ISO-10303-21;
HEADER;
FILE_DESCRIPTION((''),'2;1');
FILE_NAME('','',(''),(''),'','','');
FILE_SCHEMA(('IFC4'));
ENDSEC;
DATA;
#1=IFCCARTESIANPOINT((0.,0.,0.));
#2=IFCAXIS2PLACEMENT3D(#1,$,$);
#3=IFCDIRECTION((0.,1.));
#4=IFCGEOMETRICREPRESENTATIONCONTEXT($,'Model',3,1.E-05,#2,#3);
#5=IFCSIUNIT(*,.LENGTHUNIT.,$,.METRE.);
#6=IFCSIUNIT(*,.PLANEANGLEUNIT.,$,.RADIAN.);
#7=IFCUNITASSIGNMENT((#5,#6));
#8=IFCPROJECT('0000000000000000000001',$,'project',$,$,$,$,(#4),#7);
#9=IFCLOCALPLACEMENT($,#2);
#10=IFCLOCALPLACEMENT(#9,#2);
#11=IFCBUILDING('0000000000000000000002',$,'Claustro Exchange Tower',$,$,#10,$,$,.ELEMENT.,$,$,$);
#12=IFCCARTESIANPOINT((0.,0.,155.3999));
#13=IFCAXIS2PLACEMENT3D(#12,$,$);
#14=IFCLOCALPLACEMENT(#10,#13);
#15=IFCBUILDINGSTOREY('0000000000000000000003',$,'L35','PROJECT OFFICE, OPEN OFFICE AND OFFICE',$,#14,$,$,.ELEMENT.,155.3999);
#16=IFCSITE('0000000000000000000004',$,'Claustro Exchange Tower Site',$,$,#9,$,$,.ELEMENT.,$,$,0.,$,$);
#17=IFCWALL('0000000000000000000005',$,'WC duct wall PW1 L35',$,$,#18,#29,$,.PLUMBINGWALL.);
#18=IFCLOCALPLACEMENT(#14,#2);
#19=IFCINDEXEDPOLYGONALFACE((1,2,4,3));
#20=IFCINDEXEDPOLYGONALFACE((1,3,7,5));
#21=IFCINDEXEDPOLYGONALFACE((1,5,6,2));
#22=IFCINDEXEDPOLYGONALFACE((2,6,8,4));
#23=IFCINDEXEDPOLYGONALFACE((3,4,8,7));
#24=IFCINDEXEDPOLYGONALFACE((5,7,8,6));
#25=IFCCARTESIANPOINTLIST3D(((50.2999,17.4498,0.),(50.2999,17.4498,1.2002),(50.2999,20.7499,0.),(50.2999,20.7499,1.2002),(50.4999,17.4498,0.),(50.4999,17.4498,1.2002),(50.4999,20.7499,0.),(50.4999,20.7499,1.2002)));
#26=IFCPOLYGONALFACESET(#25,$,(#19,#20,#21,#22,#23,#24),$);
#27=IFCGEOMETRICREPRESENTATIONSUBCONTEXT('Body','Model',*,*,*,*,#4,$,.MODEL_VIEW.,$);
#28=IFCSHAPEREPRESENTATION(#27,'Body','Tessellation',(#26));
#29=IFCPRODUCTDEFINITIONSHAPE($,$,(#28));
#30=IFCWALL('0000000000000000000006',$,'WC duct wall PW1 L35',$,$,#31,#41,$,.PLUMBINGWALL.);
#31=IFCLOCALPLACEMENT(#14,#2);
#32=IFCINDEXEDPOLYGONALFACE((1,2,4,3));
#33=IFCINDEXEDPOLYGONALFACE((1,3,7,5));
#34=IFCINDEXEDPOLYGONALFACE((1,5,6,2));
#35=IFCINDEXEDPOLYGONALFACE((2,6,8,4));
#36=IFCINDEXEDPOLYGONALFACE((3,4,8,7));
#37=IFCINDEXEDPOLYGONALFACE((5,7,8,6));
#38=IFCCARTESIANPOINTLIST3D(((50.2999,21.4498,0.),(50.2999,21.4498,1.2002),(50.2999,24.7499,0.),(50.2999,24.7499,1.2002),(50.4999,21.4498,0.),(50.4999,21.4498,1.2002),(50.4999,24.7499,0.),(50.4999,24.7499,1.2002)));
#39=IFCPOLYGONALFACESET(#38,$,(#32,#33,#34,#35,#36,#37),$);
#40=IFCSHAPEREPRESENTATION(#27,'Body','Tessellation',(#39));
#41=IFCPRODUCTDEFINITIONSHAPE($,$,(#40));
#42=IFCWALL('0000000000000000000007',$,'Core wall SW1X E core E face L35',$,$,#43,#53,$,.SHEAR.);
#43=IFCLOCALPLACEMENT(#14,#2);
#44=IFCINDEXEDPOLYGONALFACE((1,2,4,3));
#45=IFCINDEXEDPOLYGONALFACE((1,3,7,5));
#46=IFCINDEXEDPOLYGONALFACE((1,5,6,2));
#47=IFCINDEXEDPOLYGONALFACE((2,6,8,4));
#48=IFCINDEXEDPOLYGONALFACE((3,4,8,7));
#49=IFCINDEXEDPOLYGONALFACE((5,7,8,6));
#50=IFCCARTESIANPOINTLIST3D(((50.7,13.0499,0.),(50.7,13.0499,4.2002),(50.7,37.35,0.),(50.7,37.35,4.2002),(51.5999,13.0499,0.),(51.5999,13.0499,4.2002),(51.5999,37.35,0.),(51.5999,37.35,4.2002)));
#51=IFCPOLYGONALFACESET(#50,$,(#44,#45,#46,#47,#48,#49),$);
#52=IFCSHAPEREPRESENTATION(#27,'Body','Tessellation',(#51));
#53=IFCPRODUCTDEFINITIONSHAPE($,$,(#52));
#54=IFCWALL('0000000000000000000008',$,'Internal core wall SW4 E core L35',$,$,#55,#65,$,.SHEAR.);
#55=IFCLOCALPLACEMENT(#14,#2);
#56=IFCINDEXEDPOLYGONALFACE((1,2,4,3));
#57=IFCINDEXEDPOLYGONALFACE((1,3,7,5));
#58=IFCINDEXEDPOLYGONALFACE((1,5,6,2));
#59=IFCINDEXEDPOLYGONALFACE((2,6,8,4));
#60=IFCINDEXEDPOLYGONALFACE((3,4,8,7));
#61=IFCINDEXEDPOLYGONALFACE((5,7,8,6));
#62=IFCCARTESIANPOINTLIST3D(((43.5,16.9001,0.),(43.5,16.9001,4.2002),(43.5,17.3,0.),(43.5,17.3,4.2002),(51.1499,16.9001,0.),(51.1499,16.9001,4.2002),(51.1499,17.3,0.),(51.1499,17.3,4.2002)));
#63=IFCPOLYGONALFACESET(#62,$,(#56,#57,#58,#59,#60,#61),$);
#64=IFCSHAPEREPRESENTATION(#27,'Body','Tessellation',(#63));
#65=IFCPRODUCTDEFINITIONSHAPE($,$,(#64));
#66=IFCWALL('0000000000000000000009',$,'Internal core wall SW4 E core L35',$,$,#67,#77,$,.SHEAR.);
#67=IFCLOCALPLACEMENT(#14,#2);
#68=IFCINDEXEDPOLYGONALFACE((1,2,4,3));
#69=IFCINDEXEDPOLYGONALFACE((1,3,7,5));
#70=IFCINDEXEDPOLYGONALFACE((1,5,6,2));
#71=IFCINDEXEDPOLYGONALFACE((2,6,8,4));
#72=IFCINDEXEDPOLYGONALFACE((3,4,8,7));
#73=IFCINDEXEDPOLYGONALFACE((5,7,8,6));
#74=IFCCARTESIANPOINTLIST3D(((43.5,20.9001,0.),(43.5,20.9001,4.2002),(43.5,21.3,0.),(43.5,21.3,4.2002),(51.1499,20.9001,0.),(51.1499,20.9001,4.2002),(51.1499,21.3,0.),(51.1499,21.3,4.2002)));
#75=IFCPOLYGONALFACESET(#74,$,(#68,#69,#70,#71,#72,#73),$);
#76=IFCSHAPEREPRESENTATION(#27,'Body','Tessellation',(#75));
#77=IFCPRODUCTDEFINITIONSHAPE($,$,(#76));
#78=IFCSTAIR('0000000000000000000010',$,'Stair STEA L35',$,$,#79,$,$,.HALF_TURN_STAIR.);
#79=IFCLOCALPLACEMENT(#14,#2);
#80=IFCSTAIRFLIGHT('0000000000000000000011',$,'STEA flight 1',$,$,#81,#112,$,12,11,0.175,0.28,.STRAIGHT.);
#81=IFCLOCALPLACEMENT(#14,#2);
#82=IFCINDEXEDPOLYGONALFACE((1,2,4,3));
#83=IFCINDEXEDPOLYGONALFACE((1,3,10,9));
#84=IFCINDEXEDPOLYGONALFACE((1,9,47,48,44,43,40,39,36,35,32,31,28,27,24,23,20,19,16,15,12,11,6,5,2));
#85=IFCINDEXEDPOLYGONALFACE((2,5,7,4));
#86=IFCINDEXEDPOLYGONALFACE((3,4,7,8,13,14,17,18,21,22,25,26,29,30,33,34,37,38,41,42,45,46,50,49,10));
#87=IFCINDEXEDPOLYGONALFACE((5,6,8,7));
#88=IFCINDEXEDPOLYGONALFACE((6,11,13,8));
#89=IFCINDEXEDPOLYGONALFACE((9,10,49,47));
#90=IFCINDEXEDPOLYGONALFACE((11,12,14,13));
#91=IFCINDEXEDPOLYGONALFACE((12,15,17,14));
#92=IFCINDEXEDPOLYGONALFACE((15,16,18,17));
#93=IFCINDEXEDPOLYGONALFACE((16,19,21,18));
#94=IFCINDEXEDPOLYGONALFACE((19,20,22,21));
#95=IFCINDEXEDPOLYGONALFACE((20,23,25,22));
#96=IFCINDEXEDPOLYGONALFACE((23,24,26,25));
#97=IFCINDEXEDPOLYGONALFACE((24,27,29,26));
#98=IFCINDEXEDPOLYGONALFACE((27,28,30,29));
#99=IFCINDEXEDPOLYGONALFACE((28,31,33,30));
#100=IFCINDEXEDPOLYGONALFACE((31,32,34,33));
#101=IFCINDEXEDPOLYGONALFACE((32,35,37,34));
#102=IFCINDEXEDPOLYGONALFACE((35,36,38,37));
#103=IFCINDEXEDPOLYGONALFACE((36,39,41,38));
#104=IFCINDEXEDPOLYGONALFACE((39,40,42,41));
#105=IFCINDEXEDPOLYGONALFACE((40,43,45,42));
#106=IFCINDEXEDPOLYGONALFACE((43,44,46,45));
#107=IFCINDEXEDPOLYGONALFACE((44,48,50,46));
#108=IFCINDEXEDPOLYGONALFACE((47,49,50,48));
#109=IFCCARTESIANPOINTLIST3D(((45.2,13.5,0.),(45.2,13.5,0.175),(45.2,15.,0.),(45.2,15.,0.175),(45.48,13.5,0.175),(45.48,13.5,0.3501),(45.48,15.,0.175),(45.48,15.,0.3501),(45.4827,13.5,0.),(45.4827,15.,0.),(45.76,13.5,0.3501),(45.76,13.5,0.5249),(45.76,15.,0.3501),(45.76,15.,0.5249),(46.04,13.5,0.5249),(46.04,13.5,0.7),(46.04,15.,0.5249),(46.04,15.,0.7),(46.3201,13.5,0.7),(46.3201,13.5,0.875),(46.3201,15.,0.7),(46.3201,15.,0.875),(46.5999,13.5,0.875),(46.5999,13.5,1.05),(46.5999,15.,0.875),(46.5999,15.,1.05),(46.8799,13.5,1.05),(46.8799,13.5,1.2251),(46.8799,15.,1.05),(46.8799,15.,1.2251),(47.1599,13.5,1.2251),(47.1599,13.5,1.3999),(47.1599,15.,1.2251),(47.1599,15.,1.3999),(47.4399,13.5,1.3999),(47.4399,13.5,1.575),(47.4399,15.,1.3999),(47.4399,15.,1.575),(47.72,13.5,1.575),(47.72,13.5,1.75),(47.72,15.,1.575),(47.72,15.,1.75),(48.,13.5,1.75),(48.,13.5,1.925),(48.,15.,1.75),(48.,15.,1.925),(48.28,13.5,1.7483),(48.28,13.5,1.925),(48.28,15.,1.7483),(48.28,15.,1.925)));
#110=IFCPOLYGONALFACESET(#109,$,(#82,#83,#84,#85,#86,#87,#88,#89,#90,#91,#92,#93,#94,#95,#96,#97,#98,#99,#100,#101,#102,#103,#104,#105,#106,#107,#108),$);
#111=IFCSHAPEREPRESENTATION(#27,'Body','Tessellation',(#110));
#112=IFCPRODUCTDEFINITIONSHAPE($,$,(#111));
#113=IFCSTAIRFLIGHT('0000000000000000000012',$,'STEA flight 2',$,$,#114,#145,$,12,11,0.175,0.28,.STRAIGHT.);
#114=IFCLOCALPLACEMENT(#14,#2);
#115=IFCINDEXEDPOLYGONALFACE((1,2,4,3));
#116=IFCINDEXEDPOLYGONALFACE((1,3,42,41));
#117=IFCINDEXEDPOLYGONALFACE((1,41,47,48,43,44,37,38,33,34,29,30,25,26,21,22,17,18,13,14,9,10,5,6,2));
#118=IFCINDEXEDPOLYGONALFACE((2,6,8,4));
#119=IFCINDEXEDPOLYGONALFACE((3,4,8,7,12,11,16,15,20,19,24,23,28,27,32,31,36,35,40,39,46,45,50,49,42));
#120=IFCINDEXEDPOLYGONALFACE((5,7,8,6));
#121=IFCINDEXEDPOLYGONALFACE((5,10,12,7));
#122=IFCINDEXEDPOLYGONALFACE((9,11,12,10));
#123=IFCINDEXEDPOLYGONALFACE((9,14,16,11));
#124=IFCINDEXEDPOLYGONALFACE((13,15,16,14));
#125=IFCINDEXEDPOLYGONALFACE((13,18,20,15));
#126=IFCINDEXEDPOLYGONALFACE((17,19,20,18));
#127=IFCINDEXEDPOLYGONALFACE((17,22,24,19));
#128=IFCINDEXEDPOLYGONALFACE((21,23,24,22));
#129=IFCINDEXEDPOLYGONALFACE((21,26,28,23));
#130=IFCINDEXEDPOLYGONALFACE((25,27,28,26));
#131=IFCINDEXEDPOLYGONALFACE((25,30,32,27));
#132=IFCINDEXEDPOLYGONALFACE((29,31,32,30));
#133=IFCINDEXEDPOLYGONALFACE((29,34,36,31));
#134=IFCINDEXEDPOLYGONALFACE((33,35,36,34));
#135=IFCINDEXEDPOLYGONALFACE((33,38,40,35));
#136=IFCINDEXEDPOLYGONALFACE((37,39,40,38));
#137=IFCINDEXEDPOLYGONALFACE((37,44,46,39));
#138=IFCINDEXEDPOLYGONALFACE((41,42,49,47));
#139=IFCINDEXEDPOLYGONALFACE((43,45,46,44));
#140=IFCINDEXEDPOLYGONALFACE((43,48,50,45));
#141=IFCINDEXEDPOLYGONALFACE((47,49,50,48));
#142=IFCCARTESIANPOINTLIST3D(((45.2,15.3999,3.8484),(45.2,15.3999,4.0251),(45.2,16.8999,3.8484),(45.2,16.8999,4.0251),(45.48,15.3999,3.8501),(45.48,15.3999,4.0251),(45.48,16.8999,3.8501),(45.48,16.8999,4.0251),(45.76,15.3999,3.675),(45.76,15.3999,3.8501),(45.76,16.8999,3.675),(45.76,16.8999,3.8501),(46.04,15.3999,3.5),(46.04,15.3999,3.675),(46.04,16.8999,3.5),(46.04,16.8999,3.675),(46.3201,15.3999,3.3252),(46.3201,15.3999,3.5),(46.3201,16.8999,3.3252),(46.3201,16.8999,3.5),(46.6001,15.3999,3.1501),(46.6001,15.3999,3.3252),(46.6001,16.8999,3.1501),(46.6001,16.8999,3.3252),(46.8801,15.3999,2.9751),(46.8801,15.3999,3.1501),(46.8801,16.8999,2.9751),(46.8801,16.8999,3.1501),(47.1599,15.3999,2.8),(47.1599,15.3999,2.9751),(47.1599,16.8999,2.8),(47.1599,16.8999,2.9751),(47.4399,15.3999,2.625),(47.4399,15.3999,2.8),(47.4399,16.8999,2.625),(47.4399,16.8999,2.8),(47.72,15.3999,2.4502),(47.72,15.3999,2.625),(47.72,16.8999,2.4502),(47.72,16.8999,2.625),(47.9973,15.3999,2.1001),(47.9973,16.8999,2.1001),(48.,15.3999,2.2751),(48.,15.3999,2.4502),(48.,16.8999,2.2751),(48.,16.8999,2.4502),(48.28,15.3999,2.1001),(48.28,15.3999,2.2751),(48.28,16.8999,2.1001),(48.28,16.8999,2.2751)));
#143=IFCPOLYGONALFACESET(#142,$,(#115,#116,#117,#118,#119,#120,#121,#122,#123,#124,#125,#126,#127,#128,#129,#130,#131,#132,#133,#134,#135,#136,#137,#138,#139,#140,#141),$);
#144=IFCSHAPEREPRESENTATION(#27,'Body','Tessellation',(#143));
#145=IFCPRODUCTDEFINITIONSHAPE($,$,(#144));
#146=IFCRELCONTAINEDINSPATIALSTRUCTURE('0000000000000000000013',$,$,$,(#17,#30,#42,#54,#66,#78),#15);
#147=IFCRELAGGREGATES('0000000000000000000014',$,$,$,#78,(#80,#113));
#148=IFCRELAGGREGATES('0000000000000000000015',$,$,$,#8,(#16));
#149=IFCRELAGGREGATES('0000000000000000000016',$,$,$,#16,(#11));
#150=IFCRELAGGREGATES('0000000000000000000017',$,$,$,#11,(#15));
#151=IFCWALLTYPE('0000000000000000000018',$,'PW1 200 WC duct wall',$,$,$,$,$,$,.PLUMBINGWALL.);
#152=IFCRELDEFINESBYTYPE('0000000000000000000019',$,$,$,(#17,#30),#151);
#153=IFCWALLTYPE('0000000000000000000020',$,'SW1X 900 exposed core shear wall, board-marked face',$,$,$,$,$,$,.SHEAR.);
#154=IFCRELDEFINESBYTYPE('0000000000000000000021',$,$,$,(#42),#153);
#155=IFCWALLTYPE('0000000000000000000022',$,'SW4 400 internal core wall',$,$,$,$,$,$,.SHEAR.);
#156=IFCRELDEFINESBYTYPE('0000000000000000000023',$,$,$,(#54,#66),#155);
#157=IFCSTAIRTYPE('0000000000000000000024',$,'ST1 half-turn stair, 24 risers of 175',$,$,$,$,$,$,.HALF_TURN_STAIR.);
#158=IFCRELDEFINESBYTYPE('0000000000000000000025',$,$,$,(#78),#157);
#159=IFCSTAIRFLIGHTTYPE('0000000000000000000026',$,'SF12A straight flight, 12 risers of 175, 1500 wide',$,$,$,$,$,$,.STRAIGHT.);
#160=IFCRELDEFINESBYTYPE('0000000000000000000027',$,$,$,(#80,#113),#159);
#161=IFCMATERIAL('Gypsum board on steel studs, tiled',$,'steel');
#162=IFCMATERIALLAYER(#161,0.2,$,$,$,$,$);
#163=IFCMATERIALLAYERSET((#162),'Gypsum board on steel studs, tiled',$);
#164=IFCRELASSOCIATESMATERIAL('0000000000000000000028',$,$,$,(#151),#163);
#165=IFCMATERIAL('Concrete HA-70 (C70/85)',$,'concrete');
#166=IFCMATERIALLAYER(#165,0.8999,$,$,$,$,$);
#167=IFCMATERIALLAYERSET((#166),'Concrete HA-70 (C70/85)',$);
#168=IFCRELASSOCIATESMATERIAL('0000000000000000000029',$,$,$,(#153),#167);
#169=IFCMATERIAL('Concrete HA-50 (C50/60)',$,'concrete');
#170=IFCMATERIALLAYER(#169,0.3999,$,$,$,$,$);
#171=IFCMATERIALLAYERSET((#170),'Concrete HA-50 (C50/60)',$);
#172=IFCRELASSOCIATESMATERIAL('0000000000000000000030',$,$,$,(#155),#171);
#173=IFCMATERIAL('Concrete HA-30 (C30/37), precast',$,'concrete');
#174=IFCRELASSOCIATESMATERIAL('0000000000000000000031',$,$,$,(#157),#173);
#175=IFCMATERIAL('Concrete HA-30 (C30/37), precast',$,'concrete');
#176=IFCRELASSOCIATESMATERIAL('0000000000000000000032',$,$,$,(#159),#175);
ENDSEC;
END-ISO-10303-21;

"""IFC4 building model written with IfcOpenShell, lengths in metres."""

from ifc_helpers import new_model, si_unit, direction, frame, frame_2d, origin, place, context, subcontext, project, spatial, polyline, rectangle, outline, extrude, material, layer, layer_set, type_object, element, aggregate, save


model = new_model("IFC4")

# Units and contexts
model_context = context("Model", 3, precision=1e-05, world=origin(), true_north=direction((0.0, 1.0)))
body_context = subcontext(model_context, "Body", "Model", "MODEL_VIEW")
ifc_project = project(units=[si_unit("LENGTHUNIT", "METRE"), si_unit("PLANEANGLEUNIT", "RADIAN")], contexts=[model_context])

# Site, building, storey
site_placement = place(None, origin())
site = spatial("IfcSite", under=ifc_project, at=site_placement, Name="Claustro Exchange Tower Site", CompositionType="ELEMENT", RefElevation=0.0)
building_placement = place(site_placement, origin())
building = spatial("IfcBuilding", under=site, at=building_placement, Name="Claustro Exchange Tower", CompositionType="ELEMENT")
storey_placement = place(building_placement, frame((0.0, 0.0, 155.3999)))
storey = spatial("IfcBuildingStorey", under=building, at=storey_placement, Name="L35", Description="PROJECT OFFICE, OPEN OFFICE AND OFFICE", CompositionType="ELEMENT", Elevation=155.3999)

# Walls
ifc_material_1 = material(Name="Gypsum board on steel studs, tiled", Category="steel")
ifc_layer_1 = layer(ifc_material_1, 0.2)
ifc_layer_set_1 = layer_set([ifc_layer_1], Name="Gypsum board on steel studs, tiled")
wall_type_1 = type_object("IfcWallType", Name="PW1 200 WC duct wall", PredefinedType="PLUMBINGWALL", material=ifc_layer_set_1)
for number, where, z_axis, x_axis, name in (
    (1, (50.3999, 17.45, 0.0), (0.0, 0.0, 1.0), (0.0, 1.0, 0.0), "WC duct wall PW1 L35"),
    (2, (50.3999, 21.45, 0.0), (0.0, 0.0, 1.0), (0.0, 1.0, 0.0), "WC duct wall PW1 L35"),
):
    element("IfcWall", number, at=place(storey_placement, frame(where, z_axis=z_axis, x_axis=x_axis)), inside=storey, type_object=wall_type_1, Name=name, PredefinedType="PLUMBINGWALL", context=body_context, shape_type="SweptSolid", body=[
        extrude(rectangle(XDim=3.3, YDim=0.2, at=frame_2d((1.6499, 0.0))), origin(), (0.0, 0.0, 1.0), 1.2002),
    ])
ifc_material_2 = material(Name="Concrete HA-70 (C70/85)", Category="concrete")
ifc_layer_2 = layer(ifc_material_2, 0.8999)
ifc_layer_set_2 = layer_set([ifc_layer_2], Name="Concrete HA-70 (C70/85)")
wall_type_2 = type_object("IfcWallType", Name="SW1X 900 exposed core shear wall, board-marked face", PredefinedType="SHEAR", material=ifc_layer_set_2)
wall_placement = place(storey_placement, frame((51.1499, 13.05, 0.0), z_axis=(0.0, 0.0, 1.0), x_axis=(0.0, 1.0, 0.0)))
element("IfcWall", 3, at=wall_placement, inside=storey, type_object=wall_type_2, Name="Core wall SW1X E core E face L35", PredefinedType="SHEAR", context=body_context, shape_type="SweptSolid", body=[
    extrude(rectangle(XDim=24.3, YDim=0.8999, at=frame_2d((12.1499, 0.0))), origin(), (0.0, 0.0, 1.0), 4.2002),
])
ifc_material_3 = material(Name="Concrete HA-50 (C50/60)", Category="concrete")
ifc_layer_3 = layer(ifc_material_3, 0.3999)
ifc_layer_set_3 = layer_set([ifc_layer_3], Name="Concrete HA-50 (C50/60)")
wall_type_3 = type_object("IfcWallType", Name="SW4 400 internal core wall", PredefinedType="SHEAR", material=ifc_layer_set_3)
for number, where, z_axis, x_axis, name in (
    (4, (51.1499, 17.1001, 0.0), (0.0, 0.0, 1.0), (-1.0, 0.0, 0.0), "Internal core wall SW4 E core L35"),
    (5, (51.1499, 21.1001, 0.0), (0.0, 0.0, 1.0), (-1.0, 0.0, 0.0), "Internal core wall SW4 E core L35"),
):
    element("IfcWall", number, at=place(storey_placement, frame(where, z_axis=z_axis, x_axis=x_axis)), inside=storey, type_object=wall_type_3, Name=name, PredefinedType="SHEAR", context=body_context, shape_type="SweptSolid", body=[
        extrude(rectangle(XDim=7.6499, YDim=0.3999, at=frame_2d((3.825, 0.0))), origin(), (0.0, 0.0, 1.0), 4.2002),
    ])

# Stair, stair flights
ifc_material_4 = material(Name="Concrete HA-30 (C30/37), precast", Category="concrete")
stair_type = type_object("IfcStairType", Name="ST1 half-turn stair, 24 risers of 175", PredefinedType="HALF_TURN_STAIR", material=ifc_material_4)
stair_placement = place(storey_placement, origin())
stair = element("IfcStair", 6, at=stair_placement, inside=storey, type_object=stair_type, Name="Stair STEA L35", PredefinedType="HALF_TURN_STAIR")
ifc_material_5 = material(Name="Concrete HA-30 (C30/37), precast", Category="concrete")
stair_flight_type = type_object("IfcStairFlightType", Name="SF12A straight flight, 12 risers of 175, 1500 wide", PredefinedType="STRAIGHT", material=ifc_material_5)
stair_flight_1_placement = place(storey_placement, frame((45.2, 14.25, 0.0), z_axis=(0.0, 0.0, 1.0), x_axis=(1.0, 0.0, 0.0)))
stair_flight_1 = element("IfcStairFlight", 7, at=stair_flight_1_placement, type_object=stair_flight_type, Name="STEA flight 1", NumberOfRisers=12, NumberOfTreads=11, PredefinedType="STRAIGHT", RiserHeight=0.175, TreadLength=0.28, context=body_context, shape_type="SweptSolid", body=[
    extrude(outline(polyline([(0.0, 0.0), (0.0, 0.175), (0.28, 0.175), (0.28, 0.3501), (0.5601, 0.3501), (0.5601, 0.5249), (0.8401, 0.5249), (0.8401, 0.7), (1.1201, 0.7), (1.1201, 0.875), (1.3999, 0.875), (1.3999, 1.05), (1.6799, 1.05), (1.6799, 1.2251), (1.96, 1.2251), (1.96, 1.3999), (2.24, 1.3999), (2.24, 1.575), (2.52, 1.575), (2.52, 1.75), (2.8, 1.75), (2.8, 1.925), (3.0801, 1.925), (3.0801, 2.1001), (3.0801, 1.7483), (0.2827, 0.0), (0.0, 0.0)])), frame((0.0, 0.75, 0.0), z_axis=(0.0, -1.0, 0.0), x_axis=(1.0, 0.0, 0.0)), (0.0, 0.0, 1.0), 1.5),
])
stair_flight_2_placement = place(storey_placement, frame((48.28, 16.1499, 2.1001), z_axis=(0.0, 0.0, 1.0), x_axis=(-1.0, 0.0, 0.0)))
stair_flight_2 = element("IfcStairFlight", 8, at=stair_flight_2_placement, type_object=stair_flight_type, Name="STEA flight 2", NumberOfRisers=12, NumberOfTreads=11, PredefinedType="STRAIGHT", RiserHeight=0.175, TreadLength=0.28, context=body_context, shape_type="SweptSolid", body=[
    extrude(outline(polyline([(0.0, 0.0), (0.0, 0.175), (0.28, 0.175), (0.28, 0.3501), (0.5601, 0.3501), (0.5601, 0.5249), (0.8401, 0.5249), (0.8401, 0.7), (1.1201, 0.7), (1.1201, 0.875), (1.3999, 0.875), (1.3999, 1.05), (1.6799, 1.05), (1.6799, 1.2251), (1.96, 1.2251), (1.96, 1.3999), (2.24, 1.3999), (2.24, 1.575), (2.52, 1.575), (2.52, 1.75), (2.8, 1.75), (2.8, 1.925), (3.0801, 1.925), (3.0801, 2.1001), (3.0801, 1.7483), (0.2827, 0.0), (0.0, 0.0)])), frame((0.0, 0.75, 0.0), z_axis=(0.0, -1.0, 0.0), x_axis=(1.0, 0.0, 0.0)), (0.0, 0.0, 1.0), 1.5),
])
aggregate(stair, [stair_flight_1, stair_flight_2])

save(model, "model.ifc")
